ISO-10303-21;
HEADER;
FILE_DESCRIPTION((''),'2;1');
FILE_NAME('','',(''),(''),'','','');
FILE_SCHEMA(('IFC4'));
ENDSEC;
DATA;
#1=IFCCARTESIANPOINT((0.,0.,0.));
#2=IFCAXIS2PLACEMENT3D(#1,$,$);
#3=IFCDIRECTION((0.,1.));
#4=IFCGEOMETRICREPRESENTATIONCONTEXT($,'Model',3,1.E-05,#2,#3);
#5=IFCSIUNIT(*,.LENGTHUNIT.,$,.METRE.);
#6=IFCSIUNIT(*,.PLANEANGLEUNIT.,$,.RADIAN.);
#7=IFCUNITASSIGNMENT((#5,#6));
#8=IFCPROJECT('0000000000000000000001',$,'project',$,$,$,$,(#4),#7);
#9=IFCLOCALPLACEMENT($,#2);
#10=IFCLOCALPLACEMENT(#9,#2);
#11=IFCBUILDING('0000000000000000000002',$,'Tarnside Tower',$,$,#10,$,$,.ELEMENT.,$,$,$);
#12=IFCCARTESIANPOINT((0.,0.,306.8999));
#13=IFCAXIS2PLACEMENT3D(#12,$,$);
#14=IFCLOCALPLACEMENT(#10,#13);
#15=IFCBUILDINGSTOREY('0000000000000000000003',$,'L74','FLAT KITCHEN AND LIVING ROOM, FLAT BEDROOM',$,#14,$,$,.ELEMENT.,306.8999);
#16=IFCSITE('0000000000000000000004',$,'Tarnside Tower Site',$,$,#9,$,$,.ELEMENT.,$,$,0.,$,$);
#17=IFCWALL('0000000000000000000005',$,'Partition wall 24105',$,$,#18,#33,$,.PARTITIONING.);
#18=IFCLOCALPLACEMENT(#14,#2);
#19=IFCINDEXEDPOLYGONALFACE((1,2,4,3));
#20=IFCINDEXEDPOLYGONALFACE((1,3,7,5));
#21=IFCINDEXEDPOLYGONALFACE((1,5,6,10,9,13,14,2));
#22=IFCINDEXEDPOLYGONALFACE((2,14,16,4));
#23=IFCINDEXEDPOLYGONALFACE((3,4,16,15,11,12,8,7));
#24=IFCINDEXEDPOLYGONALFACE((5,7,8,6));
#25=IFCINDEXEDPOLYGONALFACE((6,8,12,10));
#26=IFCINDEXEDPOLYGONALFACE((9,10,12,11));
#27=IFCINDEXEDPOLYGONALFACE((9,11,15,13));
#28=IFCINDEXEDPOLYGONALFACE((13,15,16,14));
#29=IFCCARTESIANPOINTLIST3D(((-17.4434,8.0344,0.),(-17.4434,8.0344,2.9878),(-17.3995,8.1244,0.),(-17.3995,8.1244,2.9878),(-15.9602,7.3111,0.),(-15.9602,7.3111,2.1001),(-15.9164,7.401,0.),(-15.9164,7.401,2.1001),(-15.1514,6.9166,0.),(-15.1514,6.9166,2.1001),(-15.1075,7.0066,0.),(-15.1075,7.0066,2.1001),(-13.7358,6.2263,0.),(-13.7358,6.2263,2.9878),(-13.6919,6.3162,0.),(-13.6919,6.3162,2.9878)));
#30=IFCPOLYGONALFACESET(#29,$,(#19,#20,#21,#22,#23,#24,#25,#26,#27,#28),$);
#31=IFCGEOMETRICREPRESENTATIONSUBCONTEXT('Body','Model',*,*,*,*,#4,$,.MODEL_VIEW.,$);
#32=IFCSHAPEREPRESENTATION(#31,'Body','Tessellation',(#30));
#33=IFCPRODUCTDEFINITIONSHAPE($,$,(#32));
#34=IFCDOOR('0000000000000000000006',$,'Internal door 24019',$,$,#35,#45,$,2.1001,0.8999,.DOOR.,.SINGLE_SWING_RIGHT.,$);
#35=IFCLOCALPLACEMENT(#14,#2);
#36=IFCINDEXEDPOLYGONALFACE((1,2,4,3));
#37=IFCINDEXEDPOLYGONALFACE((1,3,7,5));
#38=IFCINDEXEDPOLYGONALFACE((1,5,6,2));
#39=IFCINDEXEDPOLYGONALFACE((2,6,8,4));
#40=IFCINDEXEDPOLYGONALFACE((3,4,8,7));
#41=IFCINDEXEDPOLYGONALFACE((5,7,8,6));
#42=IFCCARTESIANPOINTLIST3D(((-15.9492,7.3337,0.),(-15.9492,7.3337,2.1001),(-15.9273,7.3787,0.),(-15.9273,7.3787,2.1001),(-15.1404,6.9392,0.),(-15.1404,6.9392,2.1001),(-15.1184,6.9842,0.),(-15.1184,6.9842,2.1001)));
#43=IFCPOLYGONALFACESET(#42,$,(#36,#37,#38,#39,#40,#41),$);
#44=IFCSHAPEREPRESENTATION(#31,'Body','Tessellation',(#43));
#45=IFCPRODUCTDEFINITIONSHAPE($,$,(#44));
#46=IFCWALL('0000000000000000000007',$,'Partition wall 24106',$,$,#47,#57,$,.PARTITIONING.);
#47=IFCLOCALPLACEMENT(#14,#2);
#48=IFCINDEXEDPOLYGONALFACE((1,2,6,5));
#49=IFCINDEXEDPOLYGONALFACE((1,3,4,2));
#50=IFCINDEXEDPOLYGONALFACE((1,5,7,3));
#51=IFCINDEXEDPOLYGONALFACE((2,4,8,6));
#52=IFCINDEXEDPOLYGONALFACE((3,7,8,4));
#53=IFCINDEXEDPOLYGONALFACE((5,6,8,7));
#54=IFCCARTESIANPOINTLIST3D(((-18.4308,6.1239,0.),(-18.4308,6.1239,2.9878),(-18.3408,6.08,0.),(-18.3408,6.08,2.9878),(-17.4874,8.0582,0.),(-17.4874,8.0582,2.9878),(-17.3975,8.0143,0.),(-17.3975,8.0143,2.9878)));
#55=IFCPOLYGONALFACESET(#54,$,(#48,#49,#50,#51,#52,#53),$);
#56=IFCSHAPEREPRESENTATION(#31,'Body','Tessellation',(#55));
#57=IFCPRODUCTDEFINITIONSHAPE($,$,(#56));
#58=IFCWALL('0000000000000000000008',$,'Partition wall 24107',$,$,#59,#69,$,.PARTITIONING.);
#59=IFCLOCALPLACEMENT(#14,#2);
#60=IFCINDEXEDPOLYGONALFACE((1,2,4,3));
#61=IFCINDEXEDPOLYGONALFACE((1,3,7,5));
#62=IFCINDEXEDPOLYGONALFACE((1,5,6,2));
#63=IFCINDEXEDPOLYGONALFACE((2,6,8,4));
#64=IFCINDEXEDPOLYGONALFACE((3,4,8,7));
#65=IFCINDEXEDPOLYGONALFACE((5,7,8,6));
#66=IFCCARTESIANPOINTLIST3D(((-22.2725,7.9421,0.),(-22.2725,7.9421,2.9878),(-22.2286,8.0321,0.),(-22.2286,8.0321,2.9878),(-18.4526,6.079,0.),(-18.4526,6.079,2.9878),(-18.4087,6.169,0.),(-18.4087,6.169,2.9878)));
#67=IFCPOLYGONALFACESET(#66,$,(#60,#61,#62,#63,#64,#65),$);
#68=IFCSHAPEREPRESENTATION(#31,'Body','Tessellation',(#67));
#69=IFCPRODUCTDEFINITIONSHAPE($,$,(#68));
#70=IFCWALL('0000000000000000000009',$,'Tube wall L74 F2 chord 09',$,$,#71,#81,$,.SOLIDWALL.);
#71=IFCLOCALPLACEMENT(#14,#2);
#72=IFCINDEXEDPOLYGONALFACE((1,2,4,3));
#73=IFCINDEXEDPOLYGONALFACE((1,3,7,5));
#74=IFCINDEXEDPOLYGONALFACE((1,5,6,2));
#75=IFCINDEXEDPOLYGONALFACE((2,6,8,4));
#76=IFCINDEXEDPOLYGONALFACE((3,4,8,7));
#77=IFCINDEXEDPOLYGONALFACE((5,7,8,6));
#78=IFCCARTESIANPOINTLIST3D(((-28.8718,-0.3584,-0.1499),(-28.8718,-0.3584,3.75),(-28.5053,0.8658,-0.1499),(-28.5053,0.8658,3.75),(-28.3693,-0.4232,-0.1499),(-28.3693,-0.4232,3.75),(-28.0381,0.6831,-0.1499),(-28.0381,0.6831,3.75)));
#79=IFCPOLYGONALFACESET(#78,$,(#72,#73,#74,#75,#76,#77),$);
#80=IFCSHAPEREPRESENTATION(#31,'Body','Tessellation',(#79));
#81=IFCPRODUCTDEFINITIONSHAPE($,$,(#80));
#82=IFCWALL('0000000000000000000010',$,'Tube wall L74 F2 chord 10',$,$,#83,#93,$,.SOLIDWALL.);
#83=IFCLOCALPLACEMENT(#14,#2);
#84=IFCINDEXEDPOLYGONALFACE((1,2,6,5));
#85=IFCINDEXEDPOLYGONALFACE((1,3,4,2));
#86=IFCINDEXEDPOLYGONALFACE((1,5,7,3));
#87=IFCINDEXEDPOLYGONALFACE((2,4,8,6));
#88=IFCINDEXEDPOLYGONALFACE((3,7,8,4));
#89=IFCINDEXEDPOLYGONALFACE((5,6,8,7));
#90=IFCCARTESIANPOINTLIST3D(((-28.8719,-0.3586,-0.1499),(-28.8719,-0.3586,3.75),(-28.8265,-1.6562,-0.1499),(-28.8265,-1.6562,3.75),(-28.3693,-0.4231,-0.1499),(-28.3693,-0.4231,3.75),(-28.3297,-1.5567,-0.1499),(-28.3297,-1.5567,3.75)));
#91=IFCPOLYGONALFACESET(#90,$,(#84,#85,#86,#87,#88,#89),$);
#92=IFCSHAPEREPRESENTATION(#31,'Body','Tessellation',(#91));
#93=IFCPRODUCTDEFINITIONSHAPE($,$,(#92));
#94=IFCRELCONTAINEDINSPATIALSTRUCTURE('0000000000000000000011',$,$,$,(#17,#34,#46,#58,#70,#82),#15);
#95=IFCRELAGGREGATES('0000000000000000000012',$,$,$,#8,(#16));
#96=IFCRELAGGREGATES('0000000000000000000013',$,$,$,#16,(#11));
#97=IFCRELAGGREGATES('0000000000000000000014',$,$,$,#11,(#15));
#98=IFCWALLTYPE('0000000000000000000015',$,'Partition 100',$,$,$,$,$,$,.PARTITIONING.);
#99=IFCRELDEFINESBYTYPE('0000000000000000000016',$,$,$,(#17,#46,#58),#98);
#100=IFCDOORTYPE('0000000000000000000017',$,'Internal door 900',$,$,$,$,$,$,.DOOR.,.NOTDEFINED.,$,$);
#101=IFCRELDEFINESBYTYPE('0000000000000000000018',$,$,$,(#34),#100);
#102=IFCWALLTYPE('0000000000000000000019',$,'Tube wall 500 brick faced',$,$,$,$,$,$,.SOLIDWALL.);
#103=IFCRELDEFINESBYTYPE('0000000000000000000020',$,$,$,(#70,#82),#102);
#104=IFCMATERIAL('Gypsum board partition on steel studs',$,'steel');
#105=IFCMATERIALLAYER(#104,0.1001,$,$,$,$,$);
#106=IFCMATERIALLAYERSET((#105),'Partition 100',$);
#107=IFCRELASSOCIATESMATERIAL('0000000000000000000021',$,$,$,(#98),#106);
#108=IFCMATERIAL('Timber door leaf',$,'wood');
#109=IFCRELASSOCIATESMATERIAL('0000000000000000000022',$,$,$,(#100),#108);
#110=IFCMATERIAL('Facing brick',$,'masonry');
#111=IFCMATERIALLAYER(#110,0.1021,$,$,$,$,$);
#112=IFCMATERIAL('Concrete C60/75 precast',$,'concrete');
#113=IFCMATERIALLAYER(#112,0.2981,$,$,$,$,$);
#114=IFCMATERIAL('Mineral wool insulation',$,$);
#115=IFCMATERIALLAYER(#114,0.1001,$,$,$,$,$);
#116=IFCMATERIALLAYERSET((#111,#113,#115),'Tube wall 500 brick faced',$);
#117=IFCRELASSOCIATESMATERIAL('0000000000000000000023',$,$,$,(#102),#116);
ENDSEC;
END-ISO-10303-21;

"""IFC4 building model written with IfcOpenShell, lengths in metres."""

from ifc_helpers import new_model, si_unit, direction, frame, frame_2d, origin, place, context, subcontext, project, spatial, polyline, rectangle, outline, extrude, material, layer, layer_set, type_object, element, fill, save


model = new_model("IFC4")

# Units and contexts
model_context = context("Model", 3, precision=1e-05, world=origin(), true_north=direction((0.0, 1.0)))
body_context = subcontext(model_context, "Body", "Model", "MODEL_VIEW")
ifc_project = project(units=[si_unit("LENGTHUNIT", "METRE"), si_unit("PLANEANGLEUNIT", "RADIAN")], contexts=[model_context])

# Site, building, storey
site_placement = place(None, origin())
site = spatial("IfcSite", under=ifc_project, at=site_placement, Name="Tarnside Tower Site", CompositionType="ELEMENT", RefElevation=0.0)
building_placement = place(site_placement, origin())
building = spatial("IfcBuilding", under=site, at=building_placement, Name="Tarnside Tower", CompositionType="ELEMENT")
storey_placement = place(building_placement, frame((0.0, 0.0, 306.8999)))
storey = spatial("IfcBuildingStorey", under=building, at=storey_placement, Name="L74", Description="FLAT KITCHEN AND LIVING ROOM, FLAT BEDROOM", CompositionType="ELEMENT", Elevation=306.8999)

# Shared definitions
ifc_material_1 = material(Name="Gypsum board partition on steel studs", Category="steel")

# Shared definitions
ifc_material_2 = material(Name="Timber door leaf", Category="wood")

# Shared definitions
ifc_material_3 = material(Name="Concrete C60/75 precast", Category="concrete")
ifc_material_4 = material(Name="Mineral wool insulation")

# Wall, opening, door
ifc_layer_1 = layer(ifc_material_1, 0.1001)
ifc_layer_set_1 = layer_set([ifc_layer_1], Name="Partition 100")
wall_type_1 = type_object("IfcWallType", Name="Partition 100", PredefinedType="PARTITIONING", material=ifc_layer_set_1)
wall_1_placement = place(storey_placement, frame((-13.7139, 6.2712, 0.0), z_axis=(0.0, 0.0, 1.0), x_axis=(-0.898811, 0.438337, 0.0)))
wall_1 = element("IfcWall", 1, at=wall_1_placement, inside=storey, type_object=wall_type_1, Name="Partition wall 24105", PredefinedType="PARTITIONING", context=body_context, shape_type="SweptSolid", body=[
    extrude(rectangle(XDim=4.125, YDim=0.1001, at=frame_2d((2.0625, 0.0))), origin(), (0.0, 0.0, 1.0), 2.9878),
])
opening_1_placement = place(wall_1_placement, frame((1.575, 0.0, 0.0)))
opening_1 = element("IfcOpeningElement", 2, at=opening_1_placement, cuts=wall_1, PredefinedType="OPENING", context=body_context, shape_type="SweptSolid", body=[
    extrude(rectangle(XDim=0.8999, YDim=2.1001, at=frame_2d((0.45, 1.05))), frame((0.0, 0.0601, 0.0), z_axis=(0.0, -1.0, 0.0), x_axis=(1.0, 0.0, 0.0)), (0.0, 0.0, 1.0), 0.1201),
])
door_type_1 = type_object("IfcDoorType", Name="Internal door 900", OperationType="NOTDEFINED", PredefinedType="DOOR", material=ifc_material_2)
door_1_placement = place(opening_1_placement, origin())
door_1 = element("IfcDoor", 3, at=door_1_placement, inside=storey, type_object=door_type_1, Name="Internal door 24019", OperationType="SINGLE_SWING_RIGHT", OverallHeight=2.1001, OverallWidth=0.8999, PredefinedType="DOOR", context=body_context, shape_type="SweptSolid", body=[
    extrude(rectangle(XDim=0.8999, YDim=2.1001, at=frame_2d((0.45, 1.05))), frame((0.0, 0.0249, 0.0), z_axis=(0.0, -1.0, 0.0), x_axis=(1.0, 0.0, 0.0)), (0.0, 0.0, 1.0), 0.05),
])
fill(opening_1, door_1)

# Walls
wall_2_placement = place(storey_placement, frame((-17.4424, 8.0364, 0.0), z_axis=(0.0, 0.0, 1.0), x_axis=(-0.438343, -0.898808, 0.0)))
element("IfcWall", 4, at=wall_2_placement, inside=storey, type_object=wall_type_1, Name="Partition wall 24106", PredefinedType="PARTITIONING", context=body_context, shape_type="SweptSolid", body=[
    extrude(rectangle(XDim=2.1521, YDim=0.1001, at=frame_2d((1.0762, 0.0))), origin(), (0.0, 0.0, 1.0), 2.9878),
])
wall_3_placement = place(storey_placement, frame((-18.4307, 6.124, 0.0), z_axis=(0.0, 0.0, 1.0), x_axis=(-0.898795, 0.438368, 0.0)))
element("IfcWall", 5, at=wall_3_placement, inside=storey, type_object=wall_type_1, Name="Partition wall 24107", PredefinedType="PARTITIONING", context=body_context, shape_type="SweptSolid", body=[
    extrude(rectangle(XDim=4.25, YDim=0.1001, at=frame_2d((2.125, 0.0))), origin(), (0.0, 0.0, 1.0), 2.9878),
])
ifc_material_5 = material(Name="Facing brick", Category="masonry")
ifc_layer_2 = layer(ifc_material_5, 0.1021)
ifc_layer_3 = layer(ifc_material_3, 0.2981)
ifc_layer_4 = layer(ifc_material_4, 0.1001)
ifc_layer_set_2 = layer_set([ifc_layer_2, ifc_layer_3, ifc_layer_4], Name="Tube wall 500 brick faced")
wall_type_2 = type_object("IfcWallType", Name="Tube wall 500 brick faced", PredefinedType="SOLIDWALL", material=ifc_layer_set_2)
wall_4_placement = place(storey_placement, frame((-28.2717, 0.7744, -0.1499), z_axis=(0.0, 0.0, 1.0), x_axis=(-0.286814, -0.957986, 0.0)))
element("IfcWall", 6, at=wall_4_placement, inside=storey, type_object=wall_type_2, Name="Tube wall L74 F2 chord 09", PredefinedType="SOLIDWALL", context=body_context, shape_type="SweptSolid", body=[
    extrude(outline(polyline([(-0.0205, -0.25), (1.2573, -0.25), (1.1753, 0.25), (0.0205, 0.25), (-0.0205, -0.25)])), origin(), (0.0, 0.0, 1.0), 3.8999),
])
wall_5_placement = place(storey_placement, frame((-28.6206, -0.3909, -0.1499), z_axis=(0.0, 0.0, 1.0), x_axis=(0.034925, -0.99939, 0.0)))
element("IfcWall", 7, at=wall_5_placement, inside=storey, type_object=wall_type_2, Name="Tube wall L74 F2 chord 10", PredefinedType="SOLIDWALL", context=body_context, shape_type="SweptSolid", body=[
    extrude(outline(polyline([(-0.041, -0.25), (1.2573, -0.25), (1.1753, 0.25), (0.041, 0.25), (-0.041, -0.25)])), origin(), (0.0, 0.0, 1.0), 3.8999),
])

save(model, "model.ifc")
